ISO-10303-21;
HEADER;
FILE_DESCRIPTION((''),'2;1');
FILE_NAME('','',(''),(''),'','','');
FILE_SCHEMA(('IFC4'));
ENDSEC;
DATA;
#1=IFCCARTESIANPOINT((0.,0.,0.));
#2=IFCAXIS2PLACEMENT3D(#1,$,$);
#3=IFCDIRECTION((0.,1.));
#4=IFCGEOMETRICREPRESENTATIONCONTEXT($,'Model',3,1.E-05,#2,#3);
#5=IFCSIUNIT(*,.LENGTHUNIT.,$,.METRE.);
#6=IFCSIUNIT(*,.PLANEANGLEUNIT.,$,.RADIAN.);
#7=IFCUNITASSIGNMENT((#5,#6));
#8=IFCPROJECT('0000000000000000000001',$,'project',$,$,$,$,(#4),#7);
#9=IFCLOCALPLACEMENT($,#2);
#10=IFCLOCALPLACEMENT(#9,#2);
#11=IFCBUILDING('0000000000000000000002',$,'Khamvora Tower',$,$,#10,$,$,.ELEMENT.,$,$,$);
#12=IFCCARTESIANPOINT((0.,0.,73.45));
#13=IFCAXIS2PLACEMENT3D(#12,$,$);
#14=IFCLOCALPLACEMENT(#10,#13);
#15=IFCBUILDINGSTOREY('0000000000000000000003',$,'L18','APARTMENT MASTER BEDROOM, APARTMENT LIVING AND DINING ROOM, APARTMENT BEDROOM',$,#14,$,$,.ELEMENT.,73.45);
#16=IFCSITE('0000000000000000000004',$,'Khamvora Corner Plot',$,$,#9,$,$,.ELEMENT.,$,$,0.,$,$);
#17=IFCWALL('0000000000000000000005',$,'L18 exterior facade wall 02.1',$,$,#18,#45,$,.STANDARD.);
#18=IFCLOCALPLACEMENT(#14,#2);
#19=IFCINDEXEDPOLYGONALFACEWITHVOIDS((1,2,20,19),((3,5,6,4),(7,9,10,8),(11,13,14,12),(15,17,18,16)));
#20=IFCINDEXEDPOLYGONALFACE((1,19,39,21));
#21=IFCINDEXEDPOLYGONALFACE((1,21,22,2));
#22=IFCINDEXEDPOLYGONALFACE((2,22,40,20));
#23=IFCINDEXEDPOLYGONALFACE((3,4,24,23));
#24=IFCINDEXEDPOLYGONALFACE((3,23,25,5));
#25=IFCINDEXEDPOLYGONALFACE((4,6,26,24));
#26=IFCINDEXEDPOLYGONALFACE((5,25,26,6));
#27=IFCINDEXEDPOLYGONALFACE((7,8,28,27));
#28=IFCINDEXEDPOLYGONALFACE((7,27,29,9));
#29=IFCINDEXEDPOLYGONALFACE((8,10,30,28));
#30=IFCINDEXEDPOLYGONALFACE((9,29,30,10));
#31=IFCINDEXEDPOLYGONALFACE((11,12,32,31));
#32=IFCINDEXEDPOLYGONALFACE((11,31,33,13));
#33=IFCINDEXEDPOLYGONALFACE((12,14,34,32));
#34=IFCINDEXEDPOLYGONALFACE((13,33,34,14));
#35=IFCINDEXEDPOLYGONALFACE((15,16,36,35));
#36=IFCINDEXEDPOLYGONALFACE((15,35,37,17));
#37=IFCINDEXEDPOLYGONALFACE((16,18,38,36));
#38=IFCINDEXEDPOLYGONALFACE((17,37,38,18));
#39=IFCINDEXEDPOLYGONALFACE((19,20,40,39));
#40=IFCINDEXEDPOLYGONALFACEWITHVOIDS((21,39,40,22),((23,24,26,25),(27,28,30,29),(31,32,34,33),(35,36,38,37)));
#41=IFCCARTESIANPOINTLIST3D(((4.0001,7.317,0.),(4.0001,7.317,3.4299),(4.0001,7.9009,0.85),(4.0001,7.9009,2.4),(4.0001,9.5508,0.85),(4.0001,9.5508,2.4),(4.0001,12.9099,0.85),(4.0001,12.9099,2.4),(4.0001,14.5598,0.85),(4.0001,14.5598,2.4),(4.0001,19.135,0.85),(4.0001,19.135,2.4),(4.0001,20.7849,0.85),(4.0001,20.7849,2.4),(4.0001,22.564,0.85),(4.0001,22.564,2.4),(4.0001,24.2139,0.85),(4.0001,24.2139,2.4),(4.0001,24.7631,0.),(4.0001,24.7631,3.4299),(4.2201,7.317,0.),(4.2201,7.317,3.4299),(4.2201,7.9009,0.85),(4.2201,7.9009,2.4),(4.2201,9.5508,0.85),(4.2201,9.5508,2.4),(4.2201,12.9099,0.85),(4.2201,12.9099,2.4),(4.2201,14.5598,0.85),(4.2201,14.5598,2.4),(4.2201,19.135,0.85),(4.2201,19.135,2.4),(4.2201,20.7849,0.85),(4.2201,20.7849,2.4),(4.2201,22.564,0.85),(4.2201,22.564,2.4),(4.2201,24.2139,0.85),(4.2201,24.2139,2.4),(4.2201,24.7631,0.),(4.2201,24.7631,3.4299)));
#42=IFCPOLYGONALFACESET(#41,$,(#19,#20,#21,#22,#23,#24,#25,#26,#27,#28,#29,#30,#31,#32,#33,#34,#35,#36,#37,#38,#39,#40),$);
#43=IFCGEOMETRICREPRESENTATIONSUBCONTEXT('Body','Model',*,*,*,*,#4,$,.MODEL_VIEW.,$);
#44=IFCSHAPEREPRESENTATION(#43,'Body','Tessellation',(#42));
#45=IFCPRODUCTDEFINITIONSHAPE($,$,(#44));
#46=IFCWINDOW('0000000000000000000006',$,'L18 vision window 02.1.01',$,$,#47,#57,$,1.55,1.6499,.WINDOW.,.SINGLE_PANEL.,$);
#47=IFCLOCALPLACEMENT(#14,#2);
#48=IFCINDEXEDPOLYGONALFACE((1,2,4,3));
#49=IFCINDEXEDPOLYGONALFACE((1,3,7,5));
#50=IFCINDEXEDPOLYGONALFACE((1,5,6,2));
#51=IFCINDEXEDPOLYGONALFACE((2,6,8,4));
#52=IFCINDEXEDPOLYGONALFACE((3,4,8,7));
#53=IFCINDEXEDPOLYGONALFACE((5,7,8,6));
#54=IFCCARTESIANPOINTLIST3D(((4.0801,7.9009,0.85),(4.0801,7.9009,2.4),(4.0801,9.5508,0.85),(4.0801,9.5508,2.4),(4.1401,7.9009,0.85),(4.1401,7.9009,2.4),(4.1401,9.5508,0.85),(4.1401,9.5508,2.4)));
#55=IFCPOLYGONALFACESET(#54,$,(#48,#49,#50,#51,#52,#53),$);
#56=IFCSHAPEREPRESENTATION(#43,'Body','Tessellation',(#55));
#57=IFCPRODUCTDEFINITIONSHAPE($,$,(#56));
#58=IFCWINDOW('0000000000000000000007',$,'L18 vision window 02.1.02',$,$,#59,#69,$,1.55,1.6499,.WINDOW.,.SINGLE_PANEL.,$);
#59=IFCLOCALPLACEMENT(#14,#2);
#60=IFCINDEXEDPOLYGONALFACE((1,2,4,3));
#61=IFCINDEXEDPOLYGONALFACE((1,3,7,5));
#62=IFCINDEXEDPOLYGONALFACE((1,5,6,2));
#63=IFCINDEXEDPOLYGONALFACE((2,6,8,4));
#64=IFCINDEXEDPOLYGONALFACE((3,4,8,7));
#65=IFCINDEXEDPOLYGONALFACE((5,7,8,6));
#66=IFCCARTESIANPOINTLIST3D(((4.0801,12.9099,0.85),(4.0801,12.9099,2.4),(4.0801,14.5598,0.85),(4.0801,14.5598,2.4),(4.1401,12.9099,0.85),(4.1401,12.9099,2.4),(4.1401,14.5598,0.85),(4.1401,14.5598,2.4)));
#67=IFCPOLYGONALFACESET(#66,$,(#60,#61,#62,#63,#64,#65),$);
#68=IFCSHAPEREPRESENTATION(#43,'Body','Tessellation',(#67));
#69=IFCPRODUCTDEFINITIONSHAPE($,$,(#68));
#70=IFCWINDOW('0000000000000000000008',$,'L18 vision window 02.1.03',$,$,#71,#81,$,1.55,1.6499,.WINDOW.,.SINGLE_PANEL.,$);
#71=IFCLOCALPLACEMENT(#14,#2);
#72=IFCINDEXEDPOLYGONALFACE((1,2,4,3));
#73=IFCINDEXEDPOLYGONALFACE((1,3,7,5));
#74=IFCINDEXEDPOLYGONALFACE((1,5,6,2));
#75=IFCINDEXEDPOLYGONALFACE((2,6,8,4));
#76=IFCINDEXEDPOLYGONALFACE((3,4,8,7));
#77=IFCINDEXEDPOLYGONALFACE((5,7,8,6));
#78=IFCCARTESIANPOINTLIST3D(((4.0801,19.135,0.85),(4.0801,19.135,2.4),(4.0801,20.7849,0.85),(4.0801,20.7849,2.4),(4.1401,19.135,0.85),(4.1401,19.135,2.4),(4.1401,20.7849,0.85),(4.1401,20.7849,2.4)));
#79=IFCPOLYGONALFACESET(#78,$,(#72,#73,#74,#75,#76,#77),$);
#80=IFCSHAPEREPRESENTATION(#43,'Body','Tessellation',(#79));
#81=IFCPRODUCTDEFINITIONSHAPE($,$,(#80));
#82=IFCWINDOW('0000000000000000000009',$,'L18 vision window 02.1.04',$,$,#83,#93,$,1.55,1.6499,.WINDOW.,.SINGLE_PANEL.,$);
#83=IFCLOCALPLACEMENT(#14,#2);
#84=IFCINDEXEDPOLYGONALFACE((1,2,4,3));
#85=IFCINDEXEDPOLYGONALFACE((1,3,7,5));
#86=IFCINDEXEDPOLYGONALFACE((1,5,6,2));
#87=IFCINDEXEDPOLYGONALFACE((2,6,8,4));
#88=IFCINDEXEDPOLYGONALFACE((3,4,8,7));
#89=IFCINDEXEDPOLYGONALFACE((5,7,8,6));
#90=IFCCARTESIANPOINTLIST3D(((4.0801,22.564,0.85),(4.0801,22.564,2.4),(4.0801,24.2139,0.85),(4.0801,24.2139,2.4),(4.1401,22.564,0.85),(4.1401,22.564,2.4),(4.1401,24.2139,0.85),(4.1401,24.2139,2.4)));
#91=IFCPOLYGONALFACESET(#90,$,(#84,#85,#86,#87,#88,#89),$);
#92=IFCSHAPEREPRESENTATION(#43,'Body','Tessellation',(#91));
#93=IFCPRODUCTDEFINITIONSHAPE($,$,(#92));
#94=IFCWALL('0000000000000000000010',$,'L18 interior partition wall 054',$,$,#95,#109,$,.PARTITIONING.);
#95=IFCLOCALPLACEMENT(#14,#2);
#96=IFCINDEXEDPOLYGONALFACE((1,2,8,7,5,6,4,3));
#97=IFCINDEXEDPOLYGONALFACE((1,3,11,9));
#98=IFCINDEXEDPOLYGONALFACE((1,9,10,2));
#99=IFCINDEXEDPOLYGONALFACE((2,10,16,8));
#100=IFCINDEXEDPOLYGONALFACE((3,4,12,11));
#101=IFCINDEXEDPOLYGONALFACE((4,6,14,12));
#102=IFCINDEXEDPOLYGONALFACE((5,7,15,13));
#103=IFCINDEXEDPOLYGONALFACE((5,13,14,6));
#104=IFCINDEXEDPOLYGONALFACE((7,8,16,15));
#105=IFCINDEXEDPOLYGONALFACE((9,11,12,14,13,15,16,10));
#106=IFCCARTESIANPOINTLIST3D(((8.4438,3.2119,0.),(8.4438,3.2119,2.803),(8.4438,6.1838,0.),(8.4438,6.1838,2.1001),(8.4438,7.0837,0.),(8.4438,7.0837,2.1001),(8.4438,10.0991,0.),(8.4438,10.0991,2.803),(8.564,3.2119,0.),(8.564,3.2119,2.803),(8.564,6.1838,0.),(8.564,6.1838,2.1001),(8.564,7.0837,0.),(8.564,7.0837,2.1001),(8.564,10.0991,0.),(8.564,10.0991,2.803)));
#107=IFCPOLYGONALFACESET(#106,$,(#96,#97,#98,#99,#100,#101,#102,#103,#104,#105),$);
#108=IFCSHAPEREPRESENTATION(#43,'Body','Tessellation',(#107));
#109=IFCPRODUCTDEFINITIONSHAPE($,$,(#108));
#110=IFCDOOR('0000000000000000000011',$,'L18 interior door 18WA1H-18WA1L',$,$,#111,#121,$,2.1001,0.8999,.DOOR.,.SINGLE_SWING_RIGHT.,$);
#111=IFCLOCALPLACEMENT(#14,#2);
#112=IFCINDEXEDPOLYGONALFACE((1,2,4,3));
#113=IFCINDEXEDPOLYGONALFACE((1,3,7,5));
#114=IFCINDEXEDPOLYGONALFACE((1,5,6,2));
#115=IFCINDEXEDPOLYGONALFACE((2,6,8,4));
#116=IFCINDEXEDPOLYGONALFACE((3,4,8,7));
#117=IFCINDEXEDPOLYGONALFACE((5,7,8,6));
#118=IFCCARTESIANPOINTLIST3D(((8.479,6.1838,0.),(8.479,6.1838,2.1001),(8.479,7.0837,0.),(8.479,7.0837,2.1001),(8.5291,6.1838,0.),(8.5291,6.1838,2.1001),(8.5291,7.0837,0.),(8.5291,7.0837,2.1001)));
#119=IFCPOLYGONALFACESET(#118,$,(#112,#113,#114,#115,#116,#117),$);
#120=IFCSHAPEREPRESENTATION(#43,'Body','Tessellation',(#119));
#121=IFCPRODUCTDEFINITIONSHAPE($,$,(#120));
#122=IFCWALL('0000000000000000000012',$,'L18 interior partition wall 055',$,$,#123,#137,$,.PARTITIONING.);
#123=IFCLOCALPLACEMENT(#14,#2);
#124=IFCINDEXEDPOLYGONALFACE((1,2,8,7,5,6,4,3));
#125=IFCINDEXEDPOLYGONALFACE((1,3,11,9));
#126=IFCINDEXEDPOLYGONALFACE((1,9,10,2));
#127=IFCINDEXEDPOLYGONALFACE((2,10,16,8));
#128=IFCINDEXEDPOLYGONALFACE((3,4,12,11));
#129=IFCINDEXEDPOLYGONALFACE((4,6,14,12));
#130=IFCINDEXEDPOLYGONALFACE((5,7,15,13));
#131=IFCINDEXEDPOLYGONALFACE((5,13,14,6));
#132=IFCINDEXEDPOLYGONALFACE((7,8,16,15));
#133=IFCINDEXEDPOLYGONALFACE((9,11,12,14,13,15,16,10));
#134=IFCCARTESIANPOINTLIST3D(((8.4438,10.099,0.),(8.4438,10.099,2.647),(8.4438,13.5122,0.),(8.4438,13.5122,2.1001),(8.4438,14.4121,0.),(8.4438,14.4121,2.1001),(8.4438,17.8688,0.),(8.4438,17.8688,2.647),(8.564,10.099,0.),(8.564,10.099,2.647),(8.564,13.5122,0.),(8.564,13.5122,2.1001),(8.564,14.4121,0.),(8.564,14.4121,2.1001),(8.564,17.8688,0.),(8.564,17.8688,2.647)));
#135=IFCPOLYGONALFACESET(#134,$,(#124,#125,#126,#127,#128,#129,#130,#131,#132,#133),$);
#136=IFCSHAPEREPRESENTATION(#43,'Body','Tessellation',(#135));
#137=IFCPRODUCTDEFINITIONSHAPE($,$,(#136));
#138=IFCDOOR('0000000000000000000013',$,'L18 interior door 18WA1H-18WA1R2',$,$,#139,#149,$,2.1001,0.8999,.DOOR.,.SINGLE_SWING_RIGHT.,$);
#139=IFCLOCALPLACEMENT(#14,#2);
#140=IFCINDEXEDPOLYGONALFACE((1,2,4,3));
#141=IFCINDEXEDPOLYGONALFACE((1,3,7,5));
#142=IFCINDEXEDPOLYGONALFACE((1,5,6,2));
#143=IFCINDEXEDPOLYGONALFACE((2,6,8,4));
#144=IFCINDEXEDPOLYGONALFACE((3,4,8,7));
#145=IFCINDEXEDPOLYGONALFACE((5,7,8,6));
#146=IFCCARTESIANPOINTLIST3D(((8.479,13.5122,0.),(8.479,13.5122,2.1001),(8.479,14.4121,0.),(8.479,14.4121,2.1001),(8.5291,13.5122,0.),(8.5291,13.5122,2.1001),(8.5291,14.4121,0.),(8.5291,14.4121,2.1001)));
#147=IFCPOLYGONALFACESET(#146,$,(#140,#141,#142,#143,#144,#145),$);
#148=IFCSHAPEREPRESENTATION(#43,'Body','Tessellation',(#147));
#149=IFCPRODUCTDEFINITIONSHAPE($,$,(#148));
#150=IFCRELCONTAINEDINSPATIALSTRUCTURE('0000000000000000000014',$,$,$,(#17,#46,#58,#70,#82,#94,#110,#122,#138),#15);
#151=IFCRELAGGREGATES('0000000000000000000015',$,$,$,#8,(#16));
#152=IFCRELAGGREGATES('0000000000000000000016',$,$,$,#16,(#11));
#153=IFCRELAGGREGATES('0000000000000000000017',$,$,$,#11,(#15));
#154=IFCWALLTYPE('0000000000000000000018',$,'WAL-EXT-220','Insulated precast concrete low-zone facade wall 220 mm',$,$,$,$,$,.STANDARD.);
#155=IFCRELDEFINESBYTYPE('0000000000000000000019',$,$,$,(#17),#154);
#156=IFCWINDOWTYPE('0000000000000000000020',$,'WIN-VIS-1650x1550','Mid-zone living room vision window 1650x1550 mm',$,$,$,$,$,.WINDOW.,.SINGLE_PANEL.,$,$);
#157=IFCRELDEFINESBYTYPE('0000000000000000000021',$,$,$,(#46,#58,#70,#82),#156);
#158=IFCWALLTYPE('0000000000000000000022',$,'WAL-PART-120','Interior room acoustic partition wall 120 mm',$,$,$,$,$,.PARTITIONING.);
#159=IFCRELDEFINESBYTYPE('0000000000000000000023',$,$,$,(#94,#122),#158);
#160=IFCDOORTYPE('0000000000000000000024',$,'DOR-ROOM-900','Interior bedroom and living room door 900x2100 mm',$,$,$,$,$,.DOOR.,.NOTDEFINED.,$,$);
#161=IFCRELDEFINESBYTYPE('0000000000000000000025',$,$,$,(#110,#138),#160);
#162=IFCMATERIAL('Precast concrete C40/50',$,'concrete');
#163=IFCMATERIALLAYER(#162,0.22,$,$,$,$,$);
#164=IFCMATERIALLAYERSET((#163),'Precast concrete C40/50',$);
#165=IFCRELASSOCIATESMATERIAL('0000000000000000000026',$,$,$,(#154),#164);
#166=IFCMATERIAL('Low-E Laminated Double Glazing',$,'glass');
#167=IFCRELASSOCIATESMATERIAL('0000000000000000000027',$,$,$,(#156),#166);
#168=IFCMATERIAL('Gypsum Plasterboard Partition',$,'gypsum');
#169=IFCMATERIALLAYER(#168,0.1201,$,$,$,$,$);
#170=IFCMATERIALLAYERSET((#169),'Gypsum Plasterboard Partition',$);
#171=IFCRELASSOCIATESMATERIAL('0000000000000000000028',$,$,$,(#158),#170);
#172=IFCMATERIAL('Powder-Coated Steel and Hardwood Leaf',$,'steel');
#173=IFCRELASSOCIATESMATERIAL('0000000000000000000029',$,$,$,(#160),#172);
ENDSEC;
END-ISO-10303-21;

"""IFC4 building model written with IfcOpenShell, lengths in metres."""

from ifc_helpers import new_model, si_unit, direction, frame, frame_2d, origin, place, context, subcontext, project, spatial, rectangle, extrude, material, layer, layer_set, type_object, element, fill, save


model = new_model("IFC4")

# Units and contexts
model_context = context("Model", 3, precision=1e-05, world=origin(), true_north=direction((0.0, 1.0)))
body_context = subcontext(model_context, "Body", "Model", "MODEL_VIEW")
ifc_project = project(units=[si_unit("LENGTHUNIT", "METRE"), si_unit("PLANEANGLEUNIT", "RADIAN")], contexts=[model_context])

# Site, building, storey
site_placement = place(None, origin())
site = spatial("IfcSite", under=ifc_project, at=site_placement, Name="Khamvora Corner Plot", CompositionType="ELEMENT", RefElevation=0.0)
building_placement = place(site_placement, origin())
building = spatial("IfcBuilding", under=site, at=building_placement, Name="Khamvora Tower", CompositionType="ELEMENT")
storey_placement = place(building_placement, frame((0.0, 0.0, 73.45)))
storey = spatial("IfcBuildingStorey", under=building, at=storey_placement, Name="L18", Description="APARTMENT MASTER BEDROOM, APARTMENT LIVING AND DINING ROOM, APARTMENT BEDROOM", CompositionType="ELEMENT", Elevation=73.45)

# Shared definitions
ifc_material_1 = material(Name="Precast concrete C40/50", Category="concrete")
ifc_layer_1 = layer(ifc_material_1, 0.22)
ifc_layer_set_1 = layer_set([ifc_layer_1], Name="Precast concrete C40/50")
wall_type_1 = type_object("IfcWallType", Name="WAL-EXT-220", Description="Insulated precast concrete low-zone facade wall 220 mm", PredefinedType="STANDARD", material=ifc_layer_set_1)

# Wall, openings, windows
wall_1_placement = place(storey_placement, frame((4.1101, 7.3169, 0.0), z_axis=(0.0, 0.0, 1.0), x_axis=(0.0, 1.0, 0.0)))
wall_1 = element("IfcWall", 1, at=wall_1_placement, inside=storey, type_object=wall_type_1, Name="L18 exterior facade wall 02.1", PredefinedType="STANDARD", context=body_context, shape_type="SweptSolid", body=[
    extrude(rectangle(XDim=17.446, YDim=0.22, at=frame_2d((8.7231, 0.0))), origin(), (0.0, 0.0, 1.0), 3.4299),
])
opening_1_placement = place(wall_1_placement, frame((0.584, 0.0, 0.8501)))
opening_1 = element("IfcOpeningElement", 2, at=opening_1_placement, cuts=wall_1, PredefinedType="OPENING", context=body_context, shape_type="SweptSolid", body=[
    extrude(rectangle(XDim=1.6499, YDim=1.55, at=frame_2d((0.825, 0.7749))), frame((0.0, 0.1199, 0.0), z_axis=(0.0, -1.0, 0.0), x_axis=(1.0, 0.0, 0.0)), (0.0, 0.0, 1.0), 0.24),
])
opening_2_placement = place(wall_1_placement, frame((5.593, 0.0, 0.8501)))
opening_2 = element("IfcOpeningElement", 3, at=opening_2_placement, cuts=wall_1, PredefinedType="OPENING", context=body_context, shape_type="SweptSolid", body=[
    extrude(rectangle(XDim=1.6499, YDim=1.55, at=frame_2d((0.825, 0.7749))), frame((0.0, 0.1199, 0.0), z_axis=(0.0, -1.0, 0.0), x_axis=(1.0, 0.0, 0.0)), (0.0, 0.0, 1.0), 0.24),
])
opening_3_placement = place(wall_1_placement, frame((11.8181, 0.0, 0.8501)))
opening_3 = element("IfcOpeningElement", 4, at=opening_3_placement, cuts=wall_1, PredefinedType="OPENING", context=body_context, shape_type="SweptSolid", body=[
    extrude(rectangle(XDim=1.6499, YDim=1.55, at=frame_2d((0.825, 0.7749))), frame((0.0, 0.1199, 0.0), z_axis=(0.0, -1.0, 0.0), x_axis=(1.0, 0.0, 0.0)), (0.0, 0.0, 1.0), 0.24),
])
opening_4_placement = place(wall_1_placement, frame((15.2471, 0.0, 0.8501)))
opening_4 = element("IfcOpeningElement", 5, at=opening_4_placement, cuts=wall_1, PredefinedType="OPENING", context=body_context, shape_type="SweptSolid", body=[
    extrude(rectangle(XDim=1.6499, YDim=1.55, at=frame_2d((0.825, 0.7749))), frame((0.0, 0.1199, 0.0), z_axis=(0.0, -1.0, 0.0), x_axis=(1.0, 0.0, 0.0)), (0.0, 0.0, 1.0), 0.24),
])
ifc_material_2 = material(Name="Low-E Laminated Double Glazing", Category="glass")
window_type = type_object("IfcWindowType", Name="WIN-VIS-1650x1550", Description="Mid-zone living room vision window 1650x1550 mm", PartitioningType="SINGLE_PANEL", PredefinedType="WINDOW", material=ifc_material_2)
window_1_placement = place(opening_1_placement, origin())
window_1 = element("IfcWindow", 6, at=window_1_placement, inside=storey, type_object=window_type, Name="L18 vision window 02.1.01", OverallHeight=1.55, OverallWidth=1.6499, PartitioningType="SINGLE_PANEL", PredefinedType="WINDOW", context=body_context, shape_type="SweptSolid", body=[
    extrude(rectangle(XDim=1.6499, YDim=1.55, at=frame_2d((0.825, 0.7749))), frame((0.0, 0.03, 0.0), z_axis=(0.0, -1.0, 0.0), x_axis=(1.0, 0.0, 0.0)), (0.0, 0.0, 1.0), 0.0601),
])
fill(opening_1, window_1)
window_2_placement = place(opening_2_placement, origin())
window_2 = element("IfcWindow", 7, at=window_2_placement, inside=storey, type_object=window_type, Name="L18 vision window 02.1.02", OverallHeight=1.55, OverallWidth=1.6499, PartitioningType="SINGLE_PANEL", PredefinedType="WINDOW", context=body_context, shape_type="SweptSolid", body=[
    extrude(rectangle(XDim=1.6499, YDim=1.55, at=frame_2d((0.825, 0.7749))), frame((0.0, 0.03, 0.0), z_axis=(0.0, -1.0, 0.0), x_axis=(1.0, 0.0, 0.0)), (0.0, 0.0, 1.0), 0.0601),
])
fill(opening_2, window_2)
window_3_placement = place(opening_3_placement, origin())
window_3 = element("IfcWindow", 8, at=window_3_placement, inside=storey, type_object=window_type, Name="L18 vision window 02.1.03", OverallHeight=1.55, OverallWidth=1.6499, PartitioningType="SINGLE_PANEL", PredefinedType="WINDOW", context=body_context, shape_type="SweptSolid", body=[
    extrude(rectangle(XDim=1.6499, YDim=1.55, at=frame_2d((0.825, 0.7749))), frame((0.0, 0.03, 0.0), z_axis=(0.0, -1.0, 0.0), x_axis=(1.0, 0.0, 0.0)), (0.0, 0.0, 1.0), 0.0601),
])
fill(opening_3, window_3)
window_4_placement = place(opening_4_placement, origin())
window_4 = element("IfcWindow", 9, at=window_4_placement, inside=storey, type_object=window_type, Name="L18 vision window 02.1.04", OverallHeight=1.55, OverallWidth=1.6499, PartitioningType="SINGLE_PANEL", PredefinedType="WINDOW", context=body_context, shape_type="SweptSolid", body=[
    extrude(rectangle(XDim=1.6499, YDim=1.55, at=frame_2d((0.825, 0.7749))), frame((0.0, 0.03, 0.0), z_axis=(0.0, -1.0, 0.0), x_axis=(1.0, 0.0, 0.0)), (0.0, 0.0, 1.0), 0.0601),
])
fill(opening_4, window_4)

# Walls, openings, doors
ifc_material_3 = material(Name="Gypsum Plasterboard Partition", Category="gypsum")
ifc_layer_2 = layer(ifc_material_3, 0.1201)
ifc_layer_set_2 = layer_set([ifc_layer_2], Name="Gypsum Plasterboard Partition")
wall_type_2 = type_object("IfcWallType", Name="WAL-PART-120", Description="Interior room acoustic partition wall 120 mm", PredefinedType="PARTITIONING", material=ifc_layer_set_2)
wall_2_placement = place(storey_placement, frame((8.5039, 3.2119, 0.0), z_axis=(0.0, 0.0, 1.0), x_axis=(0.0, 1.0, 0.0)))
wall_2 = element("IfcWall", 10, at=wall_2_placement, inside=storey, type_object=wall_type_2, Name="L18 interior partition wall 054", PredefinedType="PARTITIONING", context=body_context, shape_type="SweptSolid", body=[
    extrude(rectangle(XDim=6.8872, YDim=0.1201, at=frame_2d((3.4436, 0.0))), origin(), (0.0, 0.0, 1.0), 2.803),
])
opening_5_placement = place(wall_2_placement, frame((2.9719, 0.0, 0.0)))
opening_5 = element("IfcOpeningElement", 11, at=opening_5_placement, cuts=wall_2, PredefinedType="OPENING", context=body_context, shape_type="SweptSolid", body=[
    extrude(rectangle(XDim=0.8999, YDim=2.1001, at=frame_2d((0.45, 1.05))), frame((0.0, 0.0701, 0.0), z_axis=(0.0, -1.0, 0.0), x_axis=(1.0, 0.0, 0.0)), (0.0, 0.0, 1.0), 0.1401),
])
ifc_material_4 = material(Name="Powder-Coated Steel and Hardwood Leaf", Category="steel")
door_type = type_object("IfcDoorType", Name="DOR-ROOM-900", Description="Interior bedroom and living room door 900x2100 mm", OperationType="NOTDEFINED", PredefinedType="DOOR", material=ifc_material_4)
door_1_placement = place(opening_5_placement, origin())
door_1 = element("IfcDoor", 12, at=door_1_placement, inside=storey, type_object=door_type, Name="L18 interior door 18WA1H-18WA1L", OperationType="SINGLE_SWING_RIGHT", OverallHeight=2.1001, OverallWidth=0.8999, PredefinedType="DOOR", context=body_context, shape_type="SweptSolid", body=[
    extrude(rectangle(XDim=0.8999, YDim=2.1001, at=frame_2d((0.45, 1.05))), frame((0.0, 0.0249, 0.0), z_axis=(0.0, -1.0, 0.0), x_axis=(1.0, 0.0, 0.0)), (0.0, 0.0, 1.0), 0.05),
])
fill(opening_5, door_1)
wall_3_placement = place(storey_placement, frame((8.5039, 10.0991, 0.0), z_axis=(0.0, 0.0, 1.0), x_axis=(0.0, 1.0, 0.0)))
wall_3 = element("IfcWall", 13, at=wall_3_placement, inside=storey, type_object=wall_type_2, Name="L18 interior partition wall 055", PredefinedType="PARTITIONING", context=body_context, shape_type="SweptSolid", body=[
    extrude(rectangle(XDim=7.7698, YDim=0.1201, at=frame_2d((3.8848, 0.0))), origin(), (0.0, 0.0, 1.0), 2.647),
])
opening_6_placement = place(wall_3_placement, frame((3.4131, 0.0, 0.0)))
opening_6 = element("IfcOpeningElement", 14, at=opening_6_placement, cuts=wall_3, PredefinedType="OPENING", context=body_context, shape_type="SweptSolid", body=[
    extrude(rectangle(XDim=0.8999, YDim=2.1001, at=frame_2d((0.45, 1.05))), frame((0.0, 0.0701, 0.0), z_axis=(0.0, -1.0, 0.0), x_axis=(1.0, 0.0, 0.0)), (0.0, 0.0, 1.0), 0.1401),
])
door_2_placement = place(opening_6_placement, origin())
door_2 = element("IfcDoor", 15, at=door_2_placement, inside=storey, type_object=door_type, Name="L18 interior door 18WA1H-18WA1R2", OperationType="SINGLE_SWING_RIGHT", OverallHeight=2.1001, OverallWidth=0.8999, PredefinedType="DOOR", context=body_context, shape_type="SweptSolid", body=[
    extrude(rectangle(XDim=0.8999, YDim=2.1001, at=frame_2d((0.45, 1.05))), frame((0.0, 0.0249, 0.0), z_axis=(0.0, -1.0, 0.0), x_axis=(1.0, 0.0, 0.0)), (0.0, 0.0, 1.0), 0.05),
])
fill(opening_6, door_2)

save(model, "model.ifc")
